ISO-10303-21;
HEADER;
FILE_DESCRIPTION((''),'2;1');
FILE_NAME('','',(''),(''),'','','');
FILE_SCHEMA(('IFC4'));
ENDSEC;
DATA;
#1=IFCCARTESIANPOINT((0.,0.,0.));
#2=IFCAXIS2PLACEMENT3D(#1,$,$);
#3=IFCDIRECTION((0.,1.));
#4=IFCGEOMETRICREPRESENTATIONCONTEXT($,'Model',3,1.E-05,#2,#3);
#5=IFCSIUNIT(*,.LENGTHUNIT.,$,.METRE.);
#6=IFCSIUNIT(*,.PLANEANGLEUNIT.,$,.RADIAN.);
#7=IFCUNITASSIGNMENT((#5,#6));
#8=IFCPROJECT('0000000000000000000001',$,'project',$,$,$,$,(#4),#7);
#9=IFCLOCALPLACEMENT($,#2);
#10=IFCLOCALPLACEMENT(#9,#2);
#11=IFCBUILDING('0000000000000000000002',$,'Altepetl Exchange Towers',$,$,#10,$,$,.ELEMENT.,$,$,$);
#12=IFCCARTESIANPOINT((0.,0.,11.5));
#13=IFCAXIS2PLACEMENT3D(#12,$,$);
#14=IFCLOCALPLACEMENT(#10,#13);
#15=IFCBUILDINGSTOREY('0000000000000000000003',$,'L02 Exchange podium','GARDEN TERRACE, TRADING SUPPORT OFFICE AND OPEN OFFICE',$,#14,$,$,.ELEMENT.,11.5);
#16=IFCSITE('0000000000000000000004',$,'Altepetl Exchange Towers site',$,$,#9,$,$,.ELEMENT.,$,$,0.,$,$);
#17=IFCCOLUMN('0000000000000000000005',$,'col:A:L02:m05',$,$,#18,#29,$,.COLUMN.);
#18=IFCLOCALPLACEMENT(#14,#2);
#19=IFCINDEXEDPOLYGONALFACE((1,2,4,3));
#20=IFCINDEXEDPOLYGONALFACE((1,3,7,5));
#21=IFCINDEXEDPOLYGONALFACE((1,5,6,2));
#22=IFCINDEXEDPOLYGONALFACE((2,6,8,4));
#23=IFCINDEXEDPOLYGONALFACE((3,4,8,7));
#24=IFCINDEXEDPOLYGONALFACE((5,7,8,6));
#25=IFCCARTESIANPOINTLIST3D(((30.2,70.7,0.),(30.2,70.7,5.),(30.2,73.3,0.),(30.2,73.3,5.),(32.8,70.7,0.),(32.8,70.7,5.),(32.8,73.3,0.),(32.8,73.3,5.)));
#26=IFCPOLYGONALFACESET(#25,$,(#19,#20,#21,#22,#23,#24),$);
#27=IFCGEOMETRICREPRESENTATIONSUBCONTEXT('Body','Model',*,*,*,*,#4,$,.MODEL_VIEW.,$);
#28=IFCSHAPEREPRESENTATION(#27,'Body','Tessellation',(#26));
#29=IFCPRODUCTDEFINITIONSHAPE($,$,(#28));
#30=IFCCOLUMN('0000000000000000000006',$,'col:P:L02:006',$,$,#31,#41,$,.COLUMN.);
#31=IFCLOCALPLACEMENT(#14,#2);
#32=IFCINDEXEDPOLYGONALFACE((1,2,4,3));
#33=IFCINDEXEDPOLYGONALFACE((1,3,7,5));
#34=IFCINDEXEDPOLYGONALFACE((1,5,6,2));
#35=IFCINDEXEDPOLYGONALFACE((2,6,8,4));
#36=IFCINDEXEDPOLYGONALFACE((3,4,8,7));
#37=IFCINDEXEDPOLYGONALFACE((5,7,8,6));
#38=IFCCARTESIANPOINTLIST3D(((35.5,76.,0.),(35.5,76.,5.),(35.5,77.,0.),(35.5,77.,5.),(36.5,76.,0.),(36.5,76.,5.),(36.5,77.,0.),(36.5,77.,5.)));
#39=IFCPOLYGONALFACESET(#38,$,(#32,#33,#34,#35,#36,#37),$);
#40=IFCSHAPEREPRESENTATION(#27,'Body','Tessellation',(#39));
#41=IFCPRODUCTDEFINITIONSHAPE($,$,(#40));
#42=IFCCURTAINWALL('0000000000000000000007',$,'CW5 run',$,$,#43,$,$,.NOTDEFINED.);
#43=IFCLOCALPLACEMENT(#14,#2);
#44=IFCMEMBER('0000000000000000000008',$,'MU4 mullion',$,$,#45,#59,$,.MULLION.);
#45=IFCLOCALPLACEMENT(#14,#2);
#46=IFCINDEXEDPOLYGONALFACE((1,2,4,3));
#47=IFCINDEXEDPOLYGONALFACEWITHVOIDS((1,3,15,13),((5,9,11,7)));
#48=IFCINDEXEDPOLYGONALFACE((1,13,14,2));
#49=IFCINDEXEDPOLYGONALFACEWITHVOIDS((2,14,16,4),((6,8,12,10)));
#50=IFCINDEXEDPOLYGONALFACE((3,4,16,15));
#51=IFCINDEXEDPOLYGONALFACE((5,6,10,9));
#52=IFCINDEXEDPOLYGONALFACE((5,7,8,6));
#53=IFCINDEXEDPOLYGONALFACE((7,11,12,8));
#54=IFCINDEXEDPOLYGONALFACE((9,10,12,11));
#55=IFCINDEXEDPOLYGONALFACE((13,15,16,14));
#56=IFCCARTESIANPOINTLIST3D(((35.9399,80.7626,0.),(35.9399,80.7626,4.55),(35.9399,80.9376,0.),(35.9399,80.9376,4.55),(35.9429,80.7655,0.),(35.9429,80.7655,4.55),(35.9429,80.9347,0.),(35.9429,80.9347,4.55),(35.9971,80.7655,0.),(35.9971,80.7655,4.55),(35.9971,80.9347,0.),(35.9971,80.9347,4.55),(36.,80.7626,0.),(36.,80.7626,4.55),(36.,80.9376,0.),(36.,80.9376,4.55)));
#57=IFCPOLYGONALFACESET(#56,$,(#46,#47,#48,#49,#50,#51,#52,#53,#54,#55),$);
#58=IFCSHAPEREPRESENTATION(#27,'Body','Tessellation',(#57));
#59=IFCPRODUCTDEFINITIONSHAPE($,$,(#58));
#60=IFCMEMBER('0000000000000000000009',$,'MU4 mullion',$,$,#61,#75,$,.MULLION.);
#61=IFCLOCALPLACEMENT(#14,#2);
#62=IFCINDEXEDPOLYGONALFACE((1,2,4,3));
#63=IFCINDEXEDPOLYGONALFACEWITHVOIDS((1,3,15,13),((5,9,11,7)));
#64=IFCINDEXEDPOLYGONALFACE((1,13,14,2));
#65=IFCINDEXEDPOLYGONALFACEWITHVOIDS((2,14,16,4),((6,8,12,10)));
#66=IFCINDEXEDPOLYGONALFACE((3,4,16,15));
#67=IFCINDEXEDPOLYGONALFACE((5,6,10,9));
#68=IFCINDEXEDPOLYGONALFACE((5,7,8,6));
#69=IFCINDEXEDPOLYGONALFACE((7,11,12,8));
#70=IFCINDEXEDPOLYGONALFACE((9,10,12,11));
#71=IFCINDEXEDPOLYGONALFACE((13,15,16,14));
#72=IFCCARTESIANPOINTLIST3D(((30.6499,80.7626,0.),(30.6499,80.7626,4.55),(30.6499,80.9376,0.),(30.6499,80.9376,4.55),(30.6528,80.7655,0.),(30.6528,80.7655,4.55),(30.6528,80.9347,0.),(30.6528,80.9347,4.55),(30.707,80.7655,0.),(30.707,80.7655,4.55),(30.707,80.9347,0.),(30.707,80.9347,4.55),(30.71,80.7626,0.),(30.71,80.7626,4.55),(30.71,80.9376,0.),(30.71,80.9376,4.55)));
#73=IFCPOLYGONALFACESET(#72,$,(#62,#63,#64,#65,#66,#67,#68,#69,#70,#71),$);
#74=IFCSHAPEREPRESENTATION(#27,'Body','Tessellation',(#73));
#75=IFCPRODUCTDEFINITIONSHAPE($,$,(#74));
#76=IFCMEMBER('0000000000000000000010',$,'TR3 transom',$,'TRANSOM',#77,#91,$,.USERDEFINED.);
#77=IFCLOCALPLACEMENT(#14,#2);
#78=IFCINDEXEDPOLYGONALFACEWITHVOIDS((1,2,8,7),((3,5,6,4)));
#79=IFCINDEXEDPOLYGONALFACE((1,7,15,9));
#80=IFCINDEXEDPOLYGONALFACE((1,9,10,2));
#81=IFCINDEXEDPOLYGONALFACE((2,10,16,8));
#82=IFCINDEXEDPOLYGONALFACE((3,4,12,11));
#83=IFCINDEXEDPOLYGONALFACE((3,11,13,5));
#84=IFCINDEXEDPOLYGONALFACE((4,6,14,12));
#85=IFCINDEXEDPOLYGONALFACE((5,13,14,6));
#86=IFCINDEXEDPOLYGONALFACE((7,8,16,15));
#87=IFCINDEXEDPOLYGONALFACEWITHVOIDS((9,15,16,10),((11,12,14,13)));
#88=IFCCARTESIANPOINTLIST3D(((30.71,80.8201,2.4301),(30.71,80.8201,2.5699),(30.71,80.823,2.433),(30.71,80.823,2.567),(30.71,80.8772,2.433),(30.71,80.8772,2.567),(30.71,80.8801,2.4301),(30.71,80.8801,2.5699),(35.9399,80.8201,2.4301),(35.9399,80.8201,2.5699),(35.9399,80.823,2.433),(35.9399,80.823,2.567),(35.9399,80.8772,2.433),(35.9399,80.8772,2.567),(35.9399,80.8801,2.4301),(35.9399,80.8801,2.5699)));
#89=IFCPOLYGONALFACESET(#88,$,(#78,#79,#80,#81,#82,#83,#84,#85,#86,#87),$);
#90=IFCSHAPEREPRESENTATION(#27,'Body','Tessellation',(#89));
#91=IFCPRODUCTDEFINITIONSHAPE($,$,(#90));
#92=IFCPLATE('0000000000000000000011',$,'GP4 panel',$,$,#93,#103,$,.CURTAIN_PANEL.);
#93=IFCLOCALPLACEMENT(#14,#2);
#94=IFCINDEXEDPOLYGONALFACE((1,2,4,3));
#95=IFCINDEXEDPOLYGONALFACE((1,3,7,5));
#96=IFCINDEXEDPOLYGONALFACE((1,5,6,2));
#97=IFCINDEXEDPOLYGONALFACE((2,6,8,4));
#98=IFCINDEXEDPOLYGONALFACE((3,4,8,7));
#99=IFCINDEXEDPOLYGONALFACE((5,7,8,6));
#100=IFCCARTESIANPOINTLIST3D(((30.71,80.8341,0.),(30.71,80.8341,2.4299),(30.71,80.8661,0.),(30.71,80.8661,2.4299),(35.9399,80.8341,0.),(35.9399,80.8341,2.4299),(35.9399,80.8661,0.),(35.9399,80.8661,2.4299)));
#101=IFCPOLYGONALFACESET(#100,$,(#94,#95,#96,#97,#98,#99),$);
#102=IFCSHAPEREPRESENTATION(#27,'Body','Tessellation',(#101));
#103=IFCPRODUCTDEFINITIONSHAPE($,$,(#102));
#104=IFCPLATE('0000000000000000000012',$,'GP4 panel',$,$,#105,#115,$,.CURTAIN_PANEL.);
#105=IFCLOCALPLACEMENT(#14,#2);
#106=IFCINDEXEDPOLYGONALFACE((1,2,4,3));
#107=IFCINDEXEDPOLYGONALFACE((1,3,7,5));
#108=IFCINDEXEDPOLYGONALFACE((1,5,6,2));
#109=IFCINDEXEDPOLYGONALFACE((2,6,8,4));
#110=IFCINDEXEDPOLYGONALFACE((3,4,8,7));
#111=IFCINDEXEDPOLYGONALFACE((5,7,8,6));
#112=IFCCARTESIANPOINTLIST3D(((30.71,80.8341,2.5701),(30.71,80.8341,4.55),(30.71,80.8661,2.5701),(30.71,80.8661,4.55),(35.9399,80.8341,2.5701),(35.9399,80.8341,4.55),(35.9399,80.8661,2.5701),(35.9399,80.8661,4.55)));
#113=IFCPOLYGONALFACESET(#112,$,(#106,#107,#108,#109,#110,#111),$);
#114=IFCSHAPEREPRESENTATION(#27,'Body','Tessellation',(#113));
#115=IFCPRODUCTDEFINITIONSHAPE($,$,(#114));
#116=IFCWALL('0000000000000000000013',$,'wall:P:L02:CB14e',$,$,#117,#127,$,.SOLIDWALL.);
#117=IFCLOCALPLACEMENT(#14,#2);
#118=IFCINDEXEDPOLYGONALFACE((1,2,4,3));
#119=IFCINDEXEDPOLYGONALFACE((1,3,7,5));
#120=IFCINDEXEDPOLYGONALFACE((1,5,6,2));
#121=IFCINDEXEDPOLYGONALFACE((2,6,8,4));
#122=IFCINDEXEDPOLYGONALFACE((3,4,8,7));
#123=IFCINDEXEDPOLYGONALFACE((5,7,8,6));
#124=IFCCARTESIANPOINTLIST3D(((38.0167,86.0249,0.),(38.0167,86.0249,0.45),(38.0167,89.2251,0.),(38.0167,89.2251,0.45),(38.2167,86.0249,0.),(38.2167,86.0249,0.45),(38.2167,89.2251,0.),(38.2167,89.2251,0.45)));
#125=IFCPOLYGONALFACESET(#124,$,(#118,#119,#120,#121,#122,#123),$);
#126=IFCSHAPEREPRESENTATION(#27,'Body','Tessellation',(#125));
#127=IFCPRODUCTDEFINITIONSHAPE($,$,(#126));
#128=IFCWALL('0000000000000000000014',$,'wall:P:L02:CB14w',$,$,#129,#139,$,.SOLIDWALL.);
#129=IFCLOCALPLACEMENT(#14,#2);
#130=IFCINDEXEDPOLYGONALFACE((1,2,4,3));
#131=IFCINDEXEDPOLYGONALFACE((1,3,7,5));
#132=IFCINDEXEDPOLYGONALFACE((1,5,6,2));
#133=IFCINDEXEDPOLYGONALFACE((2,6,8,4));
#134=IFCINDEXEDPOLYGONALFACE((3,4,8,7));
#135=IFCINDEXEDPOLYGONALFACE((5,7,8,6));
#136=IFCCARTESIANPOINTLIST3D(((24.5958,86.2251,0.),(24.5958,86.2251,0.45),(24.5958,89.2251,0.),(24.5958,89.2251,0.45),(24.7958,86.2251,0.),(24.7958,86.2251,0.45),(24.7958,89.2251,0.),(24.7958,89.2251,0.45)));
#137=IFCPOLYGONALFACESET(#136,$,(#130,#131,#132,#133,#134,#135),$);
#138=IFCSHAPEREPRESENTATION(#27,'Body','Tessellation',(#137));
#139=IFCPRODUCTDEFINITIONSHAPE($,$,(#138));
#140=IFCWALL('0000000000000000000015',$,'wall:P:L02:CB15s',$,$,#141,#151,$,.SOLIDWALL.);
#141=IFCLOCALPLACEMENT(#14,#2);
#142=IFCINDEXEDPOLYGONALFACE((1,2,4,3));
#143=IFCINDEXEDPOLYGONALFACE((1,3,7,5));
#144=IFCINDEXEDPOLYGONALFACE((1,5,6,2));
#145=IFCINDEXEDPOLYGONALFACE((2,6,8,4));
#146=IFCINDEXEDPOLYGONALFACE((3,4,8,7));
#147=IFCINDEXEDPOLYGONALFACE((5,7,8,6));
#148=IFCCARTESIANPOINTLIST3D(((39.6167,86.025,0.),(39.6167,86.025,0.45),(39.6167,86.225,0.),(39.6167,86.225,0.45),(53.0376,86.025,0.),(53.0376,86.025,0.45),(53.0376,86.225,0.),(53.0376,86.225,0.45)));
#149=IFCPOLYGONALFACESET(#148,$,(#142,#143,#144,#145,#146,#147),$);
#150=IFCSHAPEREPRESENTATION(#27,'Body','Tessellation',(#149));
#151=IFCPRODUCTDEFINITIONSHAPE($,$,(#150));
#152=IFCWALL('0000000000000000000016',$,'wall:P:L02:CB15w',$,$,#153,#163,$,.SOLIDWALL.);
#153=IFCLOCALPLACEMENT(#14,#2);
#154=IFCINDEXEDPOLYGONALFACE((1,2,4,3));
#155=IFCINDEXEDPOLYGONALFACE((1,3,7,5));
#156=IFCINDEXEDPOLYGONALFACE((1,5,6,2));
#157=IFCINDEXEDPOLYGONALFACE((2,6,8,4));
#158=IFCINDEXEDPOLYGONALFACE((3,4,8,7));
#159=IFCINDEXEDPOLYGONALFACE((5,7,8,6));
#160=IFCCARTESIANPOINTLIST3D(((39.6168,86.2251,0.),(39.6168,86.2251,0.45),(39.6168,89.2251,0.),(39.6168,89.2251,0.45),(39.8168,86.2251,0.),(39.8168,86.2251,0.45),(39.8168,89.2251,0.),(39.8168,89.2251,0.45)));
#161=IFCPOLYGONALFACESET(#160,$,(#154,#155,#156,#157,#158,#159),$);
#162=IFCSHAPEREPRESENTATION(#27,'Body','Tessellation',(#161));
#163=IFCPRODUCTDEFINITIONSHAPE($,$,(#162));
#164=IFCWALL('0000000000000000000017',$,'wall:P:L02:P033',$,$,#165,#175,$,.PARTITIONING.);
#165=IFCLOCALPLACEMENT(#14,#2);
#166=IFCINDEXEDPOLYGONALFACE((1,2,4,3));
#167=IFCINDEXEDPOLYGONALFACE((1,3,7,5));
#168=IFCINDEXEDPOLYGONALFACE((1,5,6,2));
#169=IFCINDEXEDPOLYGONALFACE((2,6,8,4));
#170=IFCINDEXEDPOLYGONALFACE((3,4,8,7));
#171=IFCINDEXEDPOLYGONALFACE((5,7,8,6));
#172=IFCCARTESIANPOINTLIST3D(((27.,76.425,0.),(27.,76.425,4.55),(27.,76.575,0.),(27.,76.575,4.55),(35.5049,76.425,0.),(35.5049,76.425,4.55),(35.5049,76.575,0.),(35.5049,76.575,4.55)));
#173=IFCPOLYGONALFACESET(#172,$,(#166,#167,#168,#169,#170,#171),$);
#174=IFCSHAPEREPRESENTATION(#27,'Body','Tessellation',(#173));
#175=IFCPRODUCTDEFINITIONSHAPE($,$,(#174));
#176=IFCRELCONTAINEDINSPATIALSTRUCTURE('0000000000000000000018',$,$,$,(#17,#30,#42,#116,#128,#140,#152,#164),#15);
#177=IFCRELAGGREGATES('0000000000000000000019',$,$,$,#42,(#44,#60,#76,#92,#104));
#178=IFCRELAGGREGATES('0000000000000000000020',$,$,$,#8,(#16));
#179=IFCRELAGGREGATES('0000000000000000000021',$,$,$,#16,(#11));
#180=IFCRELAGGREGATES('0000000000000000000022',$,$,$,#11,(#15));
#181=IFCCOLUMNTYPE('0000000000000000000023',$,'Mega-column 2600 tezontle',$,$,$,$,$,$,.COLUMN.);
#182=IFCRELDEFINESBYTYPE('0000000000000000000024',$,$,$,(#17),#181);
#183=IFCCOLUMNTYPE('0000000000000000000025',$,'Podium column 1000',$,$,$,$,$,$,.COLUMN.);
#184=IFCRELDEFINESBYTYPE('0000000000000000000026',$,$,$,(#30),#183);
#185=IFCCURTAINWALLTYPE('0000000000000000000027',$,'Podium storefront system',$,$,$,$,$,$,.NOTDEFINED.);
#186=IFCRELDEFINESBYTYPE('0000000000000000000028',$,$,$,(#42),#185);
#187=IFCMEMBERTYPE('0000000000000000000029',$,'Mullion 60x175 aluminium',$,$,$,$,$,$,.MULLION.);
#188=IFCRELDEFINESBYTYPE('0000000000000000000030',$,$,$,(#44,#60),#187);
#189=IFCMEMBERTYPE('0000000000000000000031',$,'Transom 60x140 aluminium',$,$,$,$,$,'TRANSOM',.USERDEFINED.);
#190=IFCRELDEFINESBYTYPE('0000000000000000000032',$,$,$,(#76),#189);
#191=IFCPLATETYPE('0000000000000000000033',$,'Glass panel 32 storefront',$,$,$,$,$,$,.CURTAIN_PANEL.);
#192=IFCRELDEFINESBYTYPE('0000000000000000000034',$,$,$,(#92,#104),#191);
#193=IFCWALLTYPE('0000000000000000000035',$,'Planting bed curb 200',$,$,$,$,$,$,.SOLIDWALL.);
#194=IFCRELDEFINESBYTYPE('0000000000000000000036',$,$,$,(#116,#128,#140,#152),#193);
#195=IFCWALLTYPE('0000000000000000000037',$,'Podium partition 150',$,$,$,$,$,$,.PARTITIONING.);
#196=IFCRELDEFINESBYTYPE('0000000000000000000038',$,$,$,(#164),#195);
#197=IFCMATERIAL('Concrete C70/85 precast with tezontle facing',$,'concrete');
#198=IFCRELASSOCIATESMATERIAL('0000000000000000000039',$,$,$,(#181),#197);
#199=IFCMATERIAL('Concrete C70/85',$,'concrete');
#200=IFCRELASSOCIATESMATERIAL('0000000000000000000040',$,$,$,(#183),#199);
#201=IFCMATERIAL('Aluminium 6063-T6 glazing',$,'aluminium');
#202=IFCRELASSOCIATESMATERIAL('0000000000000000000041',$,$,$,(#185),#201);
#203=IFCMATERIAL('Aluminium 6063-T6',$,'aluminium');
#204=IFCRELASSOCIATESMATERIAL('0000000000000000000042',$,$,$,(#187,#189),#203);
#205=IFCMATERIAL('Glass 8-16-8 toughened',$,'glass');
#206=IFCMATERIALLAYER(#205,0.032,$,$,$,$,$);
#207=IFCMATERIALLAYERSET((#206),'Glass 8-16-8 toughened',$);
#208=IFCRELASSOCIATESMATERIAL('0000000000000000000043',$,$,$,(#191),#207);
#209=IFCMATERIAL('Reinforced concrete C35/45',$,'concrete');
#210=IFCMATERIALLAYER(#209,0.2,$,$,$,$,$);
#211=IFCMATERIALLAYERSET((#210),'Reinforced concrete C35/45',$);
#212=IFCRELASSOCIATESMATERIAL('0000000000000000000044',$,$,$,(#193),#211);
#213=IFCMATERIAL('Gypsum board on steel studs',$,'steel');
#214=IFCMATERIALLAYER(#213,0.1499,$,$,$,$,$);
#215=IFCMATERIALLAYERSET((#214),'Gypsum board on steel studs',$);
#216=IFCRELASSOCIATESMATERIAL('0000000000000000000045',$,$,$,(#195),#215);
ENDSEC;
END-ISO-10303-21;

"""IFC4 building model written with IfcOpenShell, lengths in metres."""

from ifc_helpers import new_model, si_unit, direction, frame, frame_2d, origin, origin_2d, place, context, subcontext, project, spatial, rectangle, hollow_rectangle, extrude, material, layer, layer_set, material_profile, profile_set, type_object, element, aggregate, save


model = new_model("IFC4")

# Units and contexts
model_context = context("Model", 3, precision=1e-05, world=origin(), true_north=direction((0.0, 1.0)))
body_context = subcontext(model_context, "Body", "Model", "MODEL_VIEW")
ifc_project = project(units=[si_unit("LENGTHUNIT", "METRE"), si_unit("PLANEANGLEUNIT", "RADIAN")], contexts=[model_context])

# Site, building, storey
site_placement = place(None, origin())
site = spatial("IfcSite", under=ifc_project, at=site_placement, Name="Altepetl Exchange Towers site", CompositionType="ELEMENT", RefElevation=0.0)
building_placement = place(site_placement, origin())
building = spatial("IfcBuilding", under=site, at=building_placement, Name="Altepetl Exchange Towers", CompositionType="ELEMENT")
storey_placement = place(building_placement, frame((0.0, 0.0, 11.5)))
storey = spatial("IfcBuildingStorey", under=building, at=storey_placement, Name="L02 Exchange podium", Description="GARDEN TERRACE, TRADING SUPPORT OFFICE AND OPEN OFFICE", CompositionType="ELEMENT", Elevation=11.5)

# Columns
ifc_material_1 = material(Name="Concrete C70/85 precast with tezontle facing", Category="concrete")
ifc_material_profile_1 = material_profile(ifc_material_1, rectangle(XDim=2.6001, YDim=2.6001, at=origin_2d()), Name="2600 x 2600")
ifc_profile_set_1 = profile_set([ifc_material_profile_1], Name="Concrete C70/85 precast with tezontle facing")
column_type_1 = type_object("IfcColumnType", Name="Mega-column 2600 tezontle", PredefinedType="COLUMN", material=ifc_profile_set_1)
column_1_placement = place(storey_placement, frame((31.5, 72.0, 0.0)))
element("IfcColumn", 1, at=column_1_placement, inside=storey, type_object=column_type_1, Name="col:A:L02:m05", PredefinedType="COLUMN", context=body_context, shape_type="SweptSolid", body=[
    extrude(rectangle(XDim=2.6001, YDim=2.6001, at=origin_2d()), origin(), (0.0, 0.0, 1.0), 5.0),
])
ifc_material_2 = material(Name="Concrete C70/85", Category="concrete")
ifc_material_profile_2 = material_profile(ifc_material_2, rectangle(XDim=1.0, YDim=1.0, at=origin_2d()), Name="1000 x 1000")
ifc_profile_set_2 = profile_set([ifc_material_profile_2], Name="Concrete C70/85")
column_type_2 = type_object("IfcColumnType", Name="Podium column 1000", PredefinedType="COLUMN", material=ifc_profile_set_2)
column_2_placement = place(storey_placement, frame((36.0, 76.5, 0.0)))
element("IfcColumn", 2, at=column_2_placement, inside=storey, type_object=column_type_2, Name="col:P:L02:006", PredefinedType="COLUMN", context=body_context, shape_type="SweptSolid", body=[
    extrude(rectangle(XDim=1.0, YDim=1.0, at=origin_2d()), origin(), (0.0, 0.0, 1.0), 5.0),
])

# Curtain wall, members, plates
ifc_material_3 = material(Name="Aluminium 6063-T6 glazing", Category="aluminium")
curtain_wall_type = type_object("IfcCurtainWallType", Name="Podium storefront system", PredefinedType="NOTDEFINED", material=ifc_material_3)
curtain_wall_placement = place(storey_placement, origin())
curtain_wall = element("IfcCurtainWall", 3, at=curtain_wall_placement, inside=storey, type_object=curtain_wall_type, Name="CW5 run", PredefinedType="NOTDEFINED")
ifc_material_4 = material(Name="Aluminium 6063-T6", Category="aluminium")
ifc_material_profile_3 = material_profile(ifc_material_4, hollow_rectangle(XDim=0.0601, YDim=0.175, WallThickness=0.0029, at=origin_2d()), Name="Mullion 60x175 aluminium")
ifc_profile_set_3 = profile_set([ifc_material_profile_3], Name="Aluminium 6063-T6")
member_type_1 = type_object("IfcMemberType", Name="Mullion 60x175 aluminium", PredefinedType="MULLION", material=ifc_profile_set_3)
member_1_placement = place(storey_placement, frame((35.97, 80.8501, 0.0), z_axis=(0.0, 0.0, 1.0), x_axis=(-1.0, 0.0, 0.0)))
member_1 = element("IfcMember", 4, at=member_1_placement, type_object=member_type_1, Name="MU4 mullion", PredefinedType="MULLION", context=body_context, shape_type="SweptSolid", body=[
    extrude(hollow_rectangle(XDim=0.0601, YDim=0.175, WallThickness=0.0029, at=origin_2d()), origin(), (0.0, 0.0, 1.0), 4.55),
])
member_2_placement = place(storey_placement, frame((30.6799, 80.8501, 0.0), z_axis=(0.0, 0.0, 1.0), x_axis=(-1.0, 0.0, 0.0)))
member_2 = element("IfcMember", 5, at=member_2_placement, type_object=member_type_1, Name="MU4 mullion", PredefinedType="MULLION", context=body_context, shape_type="SweptSolid", body=[
    extrude(hollow_rectangle(XDim=0.0601, YDim=0.175, WallThickness=0.0029, at=origin_2d()), origin(), (0.0, 0.0, 1.0), 4.55),
])
ifc_material_profile_4 = material_profile(ifc_material_4, hollow_rectangle(XDim=0.0601, YDim=0.1399, WallThickness=0.0029, at=origin_2d()), Name="Transom 60x140 aluminium")
ifc_profile_set_4 = profile_set([ifc_material_profile_4], Name="Aluminium 6063-T6")
member_type_2 = type_object("IfcMemberType", Name="Transom 60x140 aluminium", ElementType="TRANSOM", PredefinedType="USERDEFINED", material=ifc_profile_set_4)
member_3_placement = place(storey_placement, frame((35.9399, 80.8501, 2.5), z_axis=(-1.0, 0.0, 0.0), x_axis=(0.0, -1.0, 0.0)))
member_3 = element("IfcMember", 6, at=member_3_placement, type_object=member_type_2, Name="TR3 transom", ObjectType="TRANSOM", PredefinedType="USERDEFINED", context=body_context, shape_type="SweptSolid", body=[
    extrude(hollow_rectangle(XDim=0.0601, YDim=0.1399, WallThickness=0.0029, at=origin_2d()), origin(), (0.0, 0.0, 1.0), 5.23),
])
ifc_material_5 = material(Name="Glass 8-16-8 toughened", Category="glass")
ifc_layer_1 = layer(ifc_material_5, 0.032)
ifc_layer_set_1 = layer_set([ifc_layer_1], Name="Glass 8-16-8 toughened")
plate_type = type_object("IfcPlateType", Name="Glass panel 32 storefront", PredefinedType="CURTAIN_PANEL", material=ifc_layer_set_1)
plate_1_placement = place(storey_placement, frame((33.325, 80.8501, 0.0), z_axis=(0.0, 0.0, 1.0), x_axis=(-1.0, 0.0, 0.0)))
plate_1 = element("IfcPlate", 7, at=plate_1_placement, type_object=plate_type, Name="GP4 panel", PredefinedType="CURTAIN_PANEL", context=body_context, shape_type="SweptSolid", body=[
    extrude(rectangle(XDim=5.23, YDim=0.032, at=origin_2d()), origin(), (0.0, 0.0, 1.0), 2.4299),
])
plate_2_placement = place(storey_placement, frame((33.325, 80.8501, 2.5701), z_axis=(0.0, 0.0, 1.0), x_axis=(-1.0, 0.0, 0.0)))
plate_2 = element("IfcPlate", 8, at=plate_2_placement, type_object=plate_type, Name="GP4 panel", PredefinedType="CURTAIN_PANEL", context=body_context, shape_type="SweptSolid", body=[
    extrude(rectangle(XDim=5.23, YDim=0.032, at=origin_2d()), origin(), (0.0, 0.0, 1.0), 1.98),
])
aggregate(curtain_wall, [member_1, member_2, member_3, plate_1, plate_2])

# Walls
ifc_material_6 = material(Name="Reinforced concrete C35/45", Category="concrete")
ifc_layer_2 = layer(ifc_material_6, 0.2)
ifc_layer_set_2 = layer_set([ifc_layer_2], Name="Reinforced concrete C35/45")
wall_type_1 = type_object("IfcWallType", Name="Planting bed curb 200", PredefinedType="SOLIDWALL", material=ifc_layer_set_2)
wall_1_placement = place(storey_placement, frame((38.1167, 86.0249, 0.0), z_axis=(0.0, 0.0, 1.0), x_axis=(0.0, 1.0, 0.0)))
element("IfcWall", 9, at=wall_1_placement, inside=storey, type_object=wall_type_1, Name="wall:P:L02:CB14e", PredefinedType="SOLIDWALL", context=body_context, shape_type="SweptSolid", body=[
    extrude(rectangle(XDim=3.2002, YDim=0.2, at=frame_2d((1.6001, 0.0))), origin(), (0.0, 0.0, 1.0), 0.45),
])
wall_2_placement = place(storey_placement, frame((24.6958, 86.2251, 0.0), z_axis=(0.0, 0.0, 1.0), x_axis=(0.0, 1.0, 0.0)))
element("IfcWall", 10, at=wall_2_placement, inside=storey, type_object=wall_type_1, Name="wall:P:L02:CB14w", PredefinedType="SOLIDWALL", context=body_context, shape_type="SweptSolid", body=[
    extrude(rectangle(XDim=3.0, YDim=0.2, at=frame_2d((1.5, 0.0))), origin(), (0.0, 0.0, 1.0), 0.45),
])
wall_3_placement = place(storey_placement, frame((39.6167, 86.125, 0.0)))
element("IfcWall", 11, at=wall_3_placement, inside=storey, type_object=wall_type_1, Name="wall:P:L02:CB15s", PredefinedType="SOLIDWALL", context=body_context, shape_type="SweptSolid", body=[
    extrude(rectangle(XDim=13.4209, YDim=0.2, at=frame_2d((6.7104, 0.0))), origin(), (0.0, 0.0, 1.0), 0.45),
])
wall_4_placement = place(storey_placement, frame((39.7168, 86.2251, 0.0), z_axis=(0.0, 0.0, 1.0), x_axis=(0.0, 1.0, 0.0)))
element("IfcWall", 12, at=wall_4_placement, inside=storey, type_object=wall_type_1, Name="wall:P:L02:CB15w", PredefinedType="SOLIDWALL", context=body_context, shape_type="SweptSolid", body=[
    extrude(rectangle(XDim=3.0, YDim=0.2, at=frame_2d((1.5, 0.0))), origin(), (0.0, 0.0, 1.0), 0.45),
])
ifc_material_7 = material(Name="Gypsum board on steel studs", Category="steel")
ifc_layer_3 = layer(ifc_material_7, 0.1499)
ifc_layer_set_3 = layer_set([ifc_layer_3], Name="Gypsum board on steel studs")
wall_type_2 = type_object("IfcWallType", Name="Podium partition 150", PredefinedType="PARTITIONING", material=ifc_layer_set_3)
wall_5_placement = place(storey_placement, frame((27.0, 76.5, 0.0)))
element("IfcWall", 13, at=wall_5_placement, inside=storey, type_object=wall_type_2, Name="wall:P:L02:P033", PredefinedType="PARTITIONING", context=body_context, shape_type="SweptSolid", body=[
    extrude(rectangle(XDim=8.5049, YDim=0.1499, at=frame_2d((4.2524, 0.0))), origin(), (0.0, 0.0, 1.0), 4.55),
])

save(model, "model.ifc")
